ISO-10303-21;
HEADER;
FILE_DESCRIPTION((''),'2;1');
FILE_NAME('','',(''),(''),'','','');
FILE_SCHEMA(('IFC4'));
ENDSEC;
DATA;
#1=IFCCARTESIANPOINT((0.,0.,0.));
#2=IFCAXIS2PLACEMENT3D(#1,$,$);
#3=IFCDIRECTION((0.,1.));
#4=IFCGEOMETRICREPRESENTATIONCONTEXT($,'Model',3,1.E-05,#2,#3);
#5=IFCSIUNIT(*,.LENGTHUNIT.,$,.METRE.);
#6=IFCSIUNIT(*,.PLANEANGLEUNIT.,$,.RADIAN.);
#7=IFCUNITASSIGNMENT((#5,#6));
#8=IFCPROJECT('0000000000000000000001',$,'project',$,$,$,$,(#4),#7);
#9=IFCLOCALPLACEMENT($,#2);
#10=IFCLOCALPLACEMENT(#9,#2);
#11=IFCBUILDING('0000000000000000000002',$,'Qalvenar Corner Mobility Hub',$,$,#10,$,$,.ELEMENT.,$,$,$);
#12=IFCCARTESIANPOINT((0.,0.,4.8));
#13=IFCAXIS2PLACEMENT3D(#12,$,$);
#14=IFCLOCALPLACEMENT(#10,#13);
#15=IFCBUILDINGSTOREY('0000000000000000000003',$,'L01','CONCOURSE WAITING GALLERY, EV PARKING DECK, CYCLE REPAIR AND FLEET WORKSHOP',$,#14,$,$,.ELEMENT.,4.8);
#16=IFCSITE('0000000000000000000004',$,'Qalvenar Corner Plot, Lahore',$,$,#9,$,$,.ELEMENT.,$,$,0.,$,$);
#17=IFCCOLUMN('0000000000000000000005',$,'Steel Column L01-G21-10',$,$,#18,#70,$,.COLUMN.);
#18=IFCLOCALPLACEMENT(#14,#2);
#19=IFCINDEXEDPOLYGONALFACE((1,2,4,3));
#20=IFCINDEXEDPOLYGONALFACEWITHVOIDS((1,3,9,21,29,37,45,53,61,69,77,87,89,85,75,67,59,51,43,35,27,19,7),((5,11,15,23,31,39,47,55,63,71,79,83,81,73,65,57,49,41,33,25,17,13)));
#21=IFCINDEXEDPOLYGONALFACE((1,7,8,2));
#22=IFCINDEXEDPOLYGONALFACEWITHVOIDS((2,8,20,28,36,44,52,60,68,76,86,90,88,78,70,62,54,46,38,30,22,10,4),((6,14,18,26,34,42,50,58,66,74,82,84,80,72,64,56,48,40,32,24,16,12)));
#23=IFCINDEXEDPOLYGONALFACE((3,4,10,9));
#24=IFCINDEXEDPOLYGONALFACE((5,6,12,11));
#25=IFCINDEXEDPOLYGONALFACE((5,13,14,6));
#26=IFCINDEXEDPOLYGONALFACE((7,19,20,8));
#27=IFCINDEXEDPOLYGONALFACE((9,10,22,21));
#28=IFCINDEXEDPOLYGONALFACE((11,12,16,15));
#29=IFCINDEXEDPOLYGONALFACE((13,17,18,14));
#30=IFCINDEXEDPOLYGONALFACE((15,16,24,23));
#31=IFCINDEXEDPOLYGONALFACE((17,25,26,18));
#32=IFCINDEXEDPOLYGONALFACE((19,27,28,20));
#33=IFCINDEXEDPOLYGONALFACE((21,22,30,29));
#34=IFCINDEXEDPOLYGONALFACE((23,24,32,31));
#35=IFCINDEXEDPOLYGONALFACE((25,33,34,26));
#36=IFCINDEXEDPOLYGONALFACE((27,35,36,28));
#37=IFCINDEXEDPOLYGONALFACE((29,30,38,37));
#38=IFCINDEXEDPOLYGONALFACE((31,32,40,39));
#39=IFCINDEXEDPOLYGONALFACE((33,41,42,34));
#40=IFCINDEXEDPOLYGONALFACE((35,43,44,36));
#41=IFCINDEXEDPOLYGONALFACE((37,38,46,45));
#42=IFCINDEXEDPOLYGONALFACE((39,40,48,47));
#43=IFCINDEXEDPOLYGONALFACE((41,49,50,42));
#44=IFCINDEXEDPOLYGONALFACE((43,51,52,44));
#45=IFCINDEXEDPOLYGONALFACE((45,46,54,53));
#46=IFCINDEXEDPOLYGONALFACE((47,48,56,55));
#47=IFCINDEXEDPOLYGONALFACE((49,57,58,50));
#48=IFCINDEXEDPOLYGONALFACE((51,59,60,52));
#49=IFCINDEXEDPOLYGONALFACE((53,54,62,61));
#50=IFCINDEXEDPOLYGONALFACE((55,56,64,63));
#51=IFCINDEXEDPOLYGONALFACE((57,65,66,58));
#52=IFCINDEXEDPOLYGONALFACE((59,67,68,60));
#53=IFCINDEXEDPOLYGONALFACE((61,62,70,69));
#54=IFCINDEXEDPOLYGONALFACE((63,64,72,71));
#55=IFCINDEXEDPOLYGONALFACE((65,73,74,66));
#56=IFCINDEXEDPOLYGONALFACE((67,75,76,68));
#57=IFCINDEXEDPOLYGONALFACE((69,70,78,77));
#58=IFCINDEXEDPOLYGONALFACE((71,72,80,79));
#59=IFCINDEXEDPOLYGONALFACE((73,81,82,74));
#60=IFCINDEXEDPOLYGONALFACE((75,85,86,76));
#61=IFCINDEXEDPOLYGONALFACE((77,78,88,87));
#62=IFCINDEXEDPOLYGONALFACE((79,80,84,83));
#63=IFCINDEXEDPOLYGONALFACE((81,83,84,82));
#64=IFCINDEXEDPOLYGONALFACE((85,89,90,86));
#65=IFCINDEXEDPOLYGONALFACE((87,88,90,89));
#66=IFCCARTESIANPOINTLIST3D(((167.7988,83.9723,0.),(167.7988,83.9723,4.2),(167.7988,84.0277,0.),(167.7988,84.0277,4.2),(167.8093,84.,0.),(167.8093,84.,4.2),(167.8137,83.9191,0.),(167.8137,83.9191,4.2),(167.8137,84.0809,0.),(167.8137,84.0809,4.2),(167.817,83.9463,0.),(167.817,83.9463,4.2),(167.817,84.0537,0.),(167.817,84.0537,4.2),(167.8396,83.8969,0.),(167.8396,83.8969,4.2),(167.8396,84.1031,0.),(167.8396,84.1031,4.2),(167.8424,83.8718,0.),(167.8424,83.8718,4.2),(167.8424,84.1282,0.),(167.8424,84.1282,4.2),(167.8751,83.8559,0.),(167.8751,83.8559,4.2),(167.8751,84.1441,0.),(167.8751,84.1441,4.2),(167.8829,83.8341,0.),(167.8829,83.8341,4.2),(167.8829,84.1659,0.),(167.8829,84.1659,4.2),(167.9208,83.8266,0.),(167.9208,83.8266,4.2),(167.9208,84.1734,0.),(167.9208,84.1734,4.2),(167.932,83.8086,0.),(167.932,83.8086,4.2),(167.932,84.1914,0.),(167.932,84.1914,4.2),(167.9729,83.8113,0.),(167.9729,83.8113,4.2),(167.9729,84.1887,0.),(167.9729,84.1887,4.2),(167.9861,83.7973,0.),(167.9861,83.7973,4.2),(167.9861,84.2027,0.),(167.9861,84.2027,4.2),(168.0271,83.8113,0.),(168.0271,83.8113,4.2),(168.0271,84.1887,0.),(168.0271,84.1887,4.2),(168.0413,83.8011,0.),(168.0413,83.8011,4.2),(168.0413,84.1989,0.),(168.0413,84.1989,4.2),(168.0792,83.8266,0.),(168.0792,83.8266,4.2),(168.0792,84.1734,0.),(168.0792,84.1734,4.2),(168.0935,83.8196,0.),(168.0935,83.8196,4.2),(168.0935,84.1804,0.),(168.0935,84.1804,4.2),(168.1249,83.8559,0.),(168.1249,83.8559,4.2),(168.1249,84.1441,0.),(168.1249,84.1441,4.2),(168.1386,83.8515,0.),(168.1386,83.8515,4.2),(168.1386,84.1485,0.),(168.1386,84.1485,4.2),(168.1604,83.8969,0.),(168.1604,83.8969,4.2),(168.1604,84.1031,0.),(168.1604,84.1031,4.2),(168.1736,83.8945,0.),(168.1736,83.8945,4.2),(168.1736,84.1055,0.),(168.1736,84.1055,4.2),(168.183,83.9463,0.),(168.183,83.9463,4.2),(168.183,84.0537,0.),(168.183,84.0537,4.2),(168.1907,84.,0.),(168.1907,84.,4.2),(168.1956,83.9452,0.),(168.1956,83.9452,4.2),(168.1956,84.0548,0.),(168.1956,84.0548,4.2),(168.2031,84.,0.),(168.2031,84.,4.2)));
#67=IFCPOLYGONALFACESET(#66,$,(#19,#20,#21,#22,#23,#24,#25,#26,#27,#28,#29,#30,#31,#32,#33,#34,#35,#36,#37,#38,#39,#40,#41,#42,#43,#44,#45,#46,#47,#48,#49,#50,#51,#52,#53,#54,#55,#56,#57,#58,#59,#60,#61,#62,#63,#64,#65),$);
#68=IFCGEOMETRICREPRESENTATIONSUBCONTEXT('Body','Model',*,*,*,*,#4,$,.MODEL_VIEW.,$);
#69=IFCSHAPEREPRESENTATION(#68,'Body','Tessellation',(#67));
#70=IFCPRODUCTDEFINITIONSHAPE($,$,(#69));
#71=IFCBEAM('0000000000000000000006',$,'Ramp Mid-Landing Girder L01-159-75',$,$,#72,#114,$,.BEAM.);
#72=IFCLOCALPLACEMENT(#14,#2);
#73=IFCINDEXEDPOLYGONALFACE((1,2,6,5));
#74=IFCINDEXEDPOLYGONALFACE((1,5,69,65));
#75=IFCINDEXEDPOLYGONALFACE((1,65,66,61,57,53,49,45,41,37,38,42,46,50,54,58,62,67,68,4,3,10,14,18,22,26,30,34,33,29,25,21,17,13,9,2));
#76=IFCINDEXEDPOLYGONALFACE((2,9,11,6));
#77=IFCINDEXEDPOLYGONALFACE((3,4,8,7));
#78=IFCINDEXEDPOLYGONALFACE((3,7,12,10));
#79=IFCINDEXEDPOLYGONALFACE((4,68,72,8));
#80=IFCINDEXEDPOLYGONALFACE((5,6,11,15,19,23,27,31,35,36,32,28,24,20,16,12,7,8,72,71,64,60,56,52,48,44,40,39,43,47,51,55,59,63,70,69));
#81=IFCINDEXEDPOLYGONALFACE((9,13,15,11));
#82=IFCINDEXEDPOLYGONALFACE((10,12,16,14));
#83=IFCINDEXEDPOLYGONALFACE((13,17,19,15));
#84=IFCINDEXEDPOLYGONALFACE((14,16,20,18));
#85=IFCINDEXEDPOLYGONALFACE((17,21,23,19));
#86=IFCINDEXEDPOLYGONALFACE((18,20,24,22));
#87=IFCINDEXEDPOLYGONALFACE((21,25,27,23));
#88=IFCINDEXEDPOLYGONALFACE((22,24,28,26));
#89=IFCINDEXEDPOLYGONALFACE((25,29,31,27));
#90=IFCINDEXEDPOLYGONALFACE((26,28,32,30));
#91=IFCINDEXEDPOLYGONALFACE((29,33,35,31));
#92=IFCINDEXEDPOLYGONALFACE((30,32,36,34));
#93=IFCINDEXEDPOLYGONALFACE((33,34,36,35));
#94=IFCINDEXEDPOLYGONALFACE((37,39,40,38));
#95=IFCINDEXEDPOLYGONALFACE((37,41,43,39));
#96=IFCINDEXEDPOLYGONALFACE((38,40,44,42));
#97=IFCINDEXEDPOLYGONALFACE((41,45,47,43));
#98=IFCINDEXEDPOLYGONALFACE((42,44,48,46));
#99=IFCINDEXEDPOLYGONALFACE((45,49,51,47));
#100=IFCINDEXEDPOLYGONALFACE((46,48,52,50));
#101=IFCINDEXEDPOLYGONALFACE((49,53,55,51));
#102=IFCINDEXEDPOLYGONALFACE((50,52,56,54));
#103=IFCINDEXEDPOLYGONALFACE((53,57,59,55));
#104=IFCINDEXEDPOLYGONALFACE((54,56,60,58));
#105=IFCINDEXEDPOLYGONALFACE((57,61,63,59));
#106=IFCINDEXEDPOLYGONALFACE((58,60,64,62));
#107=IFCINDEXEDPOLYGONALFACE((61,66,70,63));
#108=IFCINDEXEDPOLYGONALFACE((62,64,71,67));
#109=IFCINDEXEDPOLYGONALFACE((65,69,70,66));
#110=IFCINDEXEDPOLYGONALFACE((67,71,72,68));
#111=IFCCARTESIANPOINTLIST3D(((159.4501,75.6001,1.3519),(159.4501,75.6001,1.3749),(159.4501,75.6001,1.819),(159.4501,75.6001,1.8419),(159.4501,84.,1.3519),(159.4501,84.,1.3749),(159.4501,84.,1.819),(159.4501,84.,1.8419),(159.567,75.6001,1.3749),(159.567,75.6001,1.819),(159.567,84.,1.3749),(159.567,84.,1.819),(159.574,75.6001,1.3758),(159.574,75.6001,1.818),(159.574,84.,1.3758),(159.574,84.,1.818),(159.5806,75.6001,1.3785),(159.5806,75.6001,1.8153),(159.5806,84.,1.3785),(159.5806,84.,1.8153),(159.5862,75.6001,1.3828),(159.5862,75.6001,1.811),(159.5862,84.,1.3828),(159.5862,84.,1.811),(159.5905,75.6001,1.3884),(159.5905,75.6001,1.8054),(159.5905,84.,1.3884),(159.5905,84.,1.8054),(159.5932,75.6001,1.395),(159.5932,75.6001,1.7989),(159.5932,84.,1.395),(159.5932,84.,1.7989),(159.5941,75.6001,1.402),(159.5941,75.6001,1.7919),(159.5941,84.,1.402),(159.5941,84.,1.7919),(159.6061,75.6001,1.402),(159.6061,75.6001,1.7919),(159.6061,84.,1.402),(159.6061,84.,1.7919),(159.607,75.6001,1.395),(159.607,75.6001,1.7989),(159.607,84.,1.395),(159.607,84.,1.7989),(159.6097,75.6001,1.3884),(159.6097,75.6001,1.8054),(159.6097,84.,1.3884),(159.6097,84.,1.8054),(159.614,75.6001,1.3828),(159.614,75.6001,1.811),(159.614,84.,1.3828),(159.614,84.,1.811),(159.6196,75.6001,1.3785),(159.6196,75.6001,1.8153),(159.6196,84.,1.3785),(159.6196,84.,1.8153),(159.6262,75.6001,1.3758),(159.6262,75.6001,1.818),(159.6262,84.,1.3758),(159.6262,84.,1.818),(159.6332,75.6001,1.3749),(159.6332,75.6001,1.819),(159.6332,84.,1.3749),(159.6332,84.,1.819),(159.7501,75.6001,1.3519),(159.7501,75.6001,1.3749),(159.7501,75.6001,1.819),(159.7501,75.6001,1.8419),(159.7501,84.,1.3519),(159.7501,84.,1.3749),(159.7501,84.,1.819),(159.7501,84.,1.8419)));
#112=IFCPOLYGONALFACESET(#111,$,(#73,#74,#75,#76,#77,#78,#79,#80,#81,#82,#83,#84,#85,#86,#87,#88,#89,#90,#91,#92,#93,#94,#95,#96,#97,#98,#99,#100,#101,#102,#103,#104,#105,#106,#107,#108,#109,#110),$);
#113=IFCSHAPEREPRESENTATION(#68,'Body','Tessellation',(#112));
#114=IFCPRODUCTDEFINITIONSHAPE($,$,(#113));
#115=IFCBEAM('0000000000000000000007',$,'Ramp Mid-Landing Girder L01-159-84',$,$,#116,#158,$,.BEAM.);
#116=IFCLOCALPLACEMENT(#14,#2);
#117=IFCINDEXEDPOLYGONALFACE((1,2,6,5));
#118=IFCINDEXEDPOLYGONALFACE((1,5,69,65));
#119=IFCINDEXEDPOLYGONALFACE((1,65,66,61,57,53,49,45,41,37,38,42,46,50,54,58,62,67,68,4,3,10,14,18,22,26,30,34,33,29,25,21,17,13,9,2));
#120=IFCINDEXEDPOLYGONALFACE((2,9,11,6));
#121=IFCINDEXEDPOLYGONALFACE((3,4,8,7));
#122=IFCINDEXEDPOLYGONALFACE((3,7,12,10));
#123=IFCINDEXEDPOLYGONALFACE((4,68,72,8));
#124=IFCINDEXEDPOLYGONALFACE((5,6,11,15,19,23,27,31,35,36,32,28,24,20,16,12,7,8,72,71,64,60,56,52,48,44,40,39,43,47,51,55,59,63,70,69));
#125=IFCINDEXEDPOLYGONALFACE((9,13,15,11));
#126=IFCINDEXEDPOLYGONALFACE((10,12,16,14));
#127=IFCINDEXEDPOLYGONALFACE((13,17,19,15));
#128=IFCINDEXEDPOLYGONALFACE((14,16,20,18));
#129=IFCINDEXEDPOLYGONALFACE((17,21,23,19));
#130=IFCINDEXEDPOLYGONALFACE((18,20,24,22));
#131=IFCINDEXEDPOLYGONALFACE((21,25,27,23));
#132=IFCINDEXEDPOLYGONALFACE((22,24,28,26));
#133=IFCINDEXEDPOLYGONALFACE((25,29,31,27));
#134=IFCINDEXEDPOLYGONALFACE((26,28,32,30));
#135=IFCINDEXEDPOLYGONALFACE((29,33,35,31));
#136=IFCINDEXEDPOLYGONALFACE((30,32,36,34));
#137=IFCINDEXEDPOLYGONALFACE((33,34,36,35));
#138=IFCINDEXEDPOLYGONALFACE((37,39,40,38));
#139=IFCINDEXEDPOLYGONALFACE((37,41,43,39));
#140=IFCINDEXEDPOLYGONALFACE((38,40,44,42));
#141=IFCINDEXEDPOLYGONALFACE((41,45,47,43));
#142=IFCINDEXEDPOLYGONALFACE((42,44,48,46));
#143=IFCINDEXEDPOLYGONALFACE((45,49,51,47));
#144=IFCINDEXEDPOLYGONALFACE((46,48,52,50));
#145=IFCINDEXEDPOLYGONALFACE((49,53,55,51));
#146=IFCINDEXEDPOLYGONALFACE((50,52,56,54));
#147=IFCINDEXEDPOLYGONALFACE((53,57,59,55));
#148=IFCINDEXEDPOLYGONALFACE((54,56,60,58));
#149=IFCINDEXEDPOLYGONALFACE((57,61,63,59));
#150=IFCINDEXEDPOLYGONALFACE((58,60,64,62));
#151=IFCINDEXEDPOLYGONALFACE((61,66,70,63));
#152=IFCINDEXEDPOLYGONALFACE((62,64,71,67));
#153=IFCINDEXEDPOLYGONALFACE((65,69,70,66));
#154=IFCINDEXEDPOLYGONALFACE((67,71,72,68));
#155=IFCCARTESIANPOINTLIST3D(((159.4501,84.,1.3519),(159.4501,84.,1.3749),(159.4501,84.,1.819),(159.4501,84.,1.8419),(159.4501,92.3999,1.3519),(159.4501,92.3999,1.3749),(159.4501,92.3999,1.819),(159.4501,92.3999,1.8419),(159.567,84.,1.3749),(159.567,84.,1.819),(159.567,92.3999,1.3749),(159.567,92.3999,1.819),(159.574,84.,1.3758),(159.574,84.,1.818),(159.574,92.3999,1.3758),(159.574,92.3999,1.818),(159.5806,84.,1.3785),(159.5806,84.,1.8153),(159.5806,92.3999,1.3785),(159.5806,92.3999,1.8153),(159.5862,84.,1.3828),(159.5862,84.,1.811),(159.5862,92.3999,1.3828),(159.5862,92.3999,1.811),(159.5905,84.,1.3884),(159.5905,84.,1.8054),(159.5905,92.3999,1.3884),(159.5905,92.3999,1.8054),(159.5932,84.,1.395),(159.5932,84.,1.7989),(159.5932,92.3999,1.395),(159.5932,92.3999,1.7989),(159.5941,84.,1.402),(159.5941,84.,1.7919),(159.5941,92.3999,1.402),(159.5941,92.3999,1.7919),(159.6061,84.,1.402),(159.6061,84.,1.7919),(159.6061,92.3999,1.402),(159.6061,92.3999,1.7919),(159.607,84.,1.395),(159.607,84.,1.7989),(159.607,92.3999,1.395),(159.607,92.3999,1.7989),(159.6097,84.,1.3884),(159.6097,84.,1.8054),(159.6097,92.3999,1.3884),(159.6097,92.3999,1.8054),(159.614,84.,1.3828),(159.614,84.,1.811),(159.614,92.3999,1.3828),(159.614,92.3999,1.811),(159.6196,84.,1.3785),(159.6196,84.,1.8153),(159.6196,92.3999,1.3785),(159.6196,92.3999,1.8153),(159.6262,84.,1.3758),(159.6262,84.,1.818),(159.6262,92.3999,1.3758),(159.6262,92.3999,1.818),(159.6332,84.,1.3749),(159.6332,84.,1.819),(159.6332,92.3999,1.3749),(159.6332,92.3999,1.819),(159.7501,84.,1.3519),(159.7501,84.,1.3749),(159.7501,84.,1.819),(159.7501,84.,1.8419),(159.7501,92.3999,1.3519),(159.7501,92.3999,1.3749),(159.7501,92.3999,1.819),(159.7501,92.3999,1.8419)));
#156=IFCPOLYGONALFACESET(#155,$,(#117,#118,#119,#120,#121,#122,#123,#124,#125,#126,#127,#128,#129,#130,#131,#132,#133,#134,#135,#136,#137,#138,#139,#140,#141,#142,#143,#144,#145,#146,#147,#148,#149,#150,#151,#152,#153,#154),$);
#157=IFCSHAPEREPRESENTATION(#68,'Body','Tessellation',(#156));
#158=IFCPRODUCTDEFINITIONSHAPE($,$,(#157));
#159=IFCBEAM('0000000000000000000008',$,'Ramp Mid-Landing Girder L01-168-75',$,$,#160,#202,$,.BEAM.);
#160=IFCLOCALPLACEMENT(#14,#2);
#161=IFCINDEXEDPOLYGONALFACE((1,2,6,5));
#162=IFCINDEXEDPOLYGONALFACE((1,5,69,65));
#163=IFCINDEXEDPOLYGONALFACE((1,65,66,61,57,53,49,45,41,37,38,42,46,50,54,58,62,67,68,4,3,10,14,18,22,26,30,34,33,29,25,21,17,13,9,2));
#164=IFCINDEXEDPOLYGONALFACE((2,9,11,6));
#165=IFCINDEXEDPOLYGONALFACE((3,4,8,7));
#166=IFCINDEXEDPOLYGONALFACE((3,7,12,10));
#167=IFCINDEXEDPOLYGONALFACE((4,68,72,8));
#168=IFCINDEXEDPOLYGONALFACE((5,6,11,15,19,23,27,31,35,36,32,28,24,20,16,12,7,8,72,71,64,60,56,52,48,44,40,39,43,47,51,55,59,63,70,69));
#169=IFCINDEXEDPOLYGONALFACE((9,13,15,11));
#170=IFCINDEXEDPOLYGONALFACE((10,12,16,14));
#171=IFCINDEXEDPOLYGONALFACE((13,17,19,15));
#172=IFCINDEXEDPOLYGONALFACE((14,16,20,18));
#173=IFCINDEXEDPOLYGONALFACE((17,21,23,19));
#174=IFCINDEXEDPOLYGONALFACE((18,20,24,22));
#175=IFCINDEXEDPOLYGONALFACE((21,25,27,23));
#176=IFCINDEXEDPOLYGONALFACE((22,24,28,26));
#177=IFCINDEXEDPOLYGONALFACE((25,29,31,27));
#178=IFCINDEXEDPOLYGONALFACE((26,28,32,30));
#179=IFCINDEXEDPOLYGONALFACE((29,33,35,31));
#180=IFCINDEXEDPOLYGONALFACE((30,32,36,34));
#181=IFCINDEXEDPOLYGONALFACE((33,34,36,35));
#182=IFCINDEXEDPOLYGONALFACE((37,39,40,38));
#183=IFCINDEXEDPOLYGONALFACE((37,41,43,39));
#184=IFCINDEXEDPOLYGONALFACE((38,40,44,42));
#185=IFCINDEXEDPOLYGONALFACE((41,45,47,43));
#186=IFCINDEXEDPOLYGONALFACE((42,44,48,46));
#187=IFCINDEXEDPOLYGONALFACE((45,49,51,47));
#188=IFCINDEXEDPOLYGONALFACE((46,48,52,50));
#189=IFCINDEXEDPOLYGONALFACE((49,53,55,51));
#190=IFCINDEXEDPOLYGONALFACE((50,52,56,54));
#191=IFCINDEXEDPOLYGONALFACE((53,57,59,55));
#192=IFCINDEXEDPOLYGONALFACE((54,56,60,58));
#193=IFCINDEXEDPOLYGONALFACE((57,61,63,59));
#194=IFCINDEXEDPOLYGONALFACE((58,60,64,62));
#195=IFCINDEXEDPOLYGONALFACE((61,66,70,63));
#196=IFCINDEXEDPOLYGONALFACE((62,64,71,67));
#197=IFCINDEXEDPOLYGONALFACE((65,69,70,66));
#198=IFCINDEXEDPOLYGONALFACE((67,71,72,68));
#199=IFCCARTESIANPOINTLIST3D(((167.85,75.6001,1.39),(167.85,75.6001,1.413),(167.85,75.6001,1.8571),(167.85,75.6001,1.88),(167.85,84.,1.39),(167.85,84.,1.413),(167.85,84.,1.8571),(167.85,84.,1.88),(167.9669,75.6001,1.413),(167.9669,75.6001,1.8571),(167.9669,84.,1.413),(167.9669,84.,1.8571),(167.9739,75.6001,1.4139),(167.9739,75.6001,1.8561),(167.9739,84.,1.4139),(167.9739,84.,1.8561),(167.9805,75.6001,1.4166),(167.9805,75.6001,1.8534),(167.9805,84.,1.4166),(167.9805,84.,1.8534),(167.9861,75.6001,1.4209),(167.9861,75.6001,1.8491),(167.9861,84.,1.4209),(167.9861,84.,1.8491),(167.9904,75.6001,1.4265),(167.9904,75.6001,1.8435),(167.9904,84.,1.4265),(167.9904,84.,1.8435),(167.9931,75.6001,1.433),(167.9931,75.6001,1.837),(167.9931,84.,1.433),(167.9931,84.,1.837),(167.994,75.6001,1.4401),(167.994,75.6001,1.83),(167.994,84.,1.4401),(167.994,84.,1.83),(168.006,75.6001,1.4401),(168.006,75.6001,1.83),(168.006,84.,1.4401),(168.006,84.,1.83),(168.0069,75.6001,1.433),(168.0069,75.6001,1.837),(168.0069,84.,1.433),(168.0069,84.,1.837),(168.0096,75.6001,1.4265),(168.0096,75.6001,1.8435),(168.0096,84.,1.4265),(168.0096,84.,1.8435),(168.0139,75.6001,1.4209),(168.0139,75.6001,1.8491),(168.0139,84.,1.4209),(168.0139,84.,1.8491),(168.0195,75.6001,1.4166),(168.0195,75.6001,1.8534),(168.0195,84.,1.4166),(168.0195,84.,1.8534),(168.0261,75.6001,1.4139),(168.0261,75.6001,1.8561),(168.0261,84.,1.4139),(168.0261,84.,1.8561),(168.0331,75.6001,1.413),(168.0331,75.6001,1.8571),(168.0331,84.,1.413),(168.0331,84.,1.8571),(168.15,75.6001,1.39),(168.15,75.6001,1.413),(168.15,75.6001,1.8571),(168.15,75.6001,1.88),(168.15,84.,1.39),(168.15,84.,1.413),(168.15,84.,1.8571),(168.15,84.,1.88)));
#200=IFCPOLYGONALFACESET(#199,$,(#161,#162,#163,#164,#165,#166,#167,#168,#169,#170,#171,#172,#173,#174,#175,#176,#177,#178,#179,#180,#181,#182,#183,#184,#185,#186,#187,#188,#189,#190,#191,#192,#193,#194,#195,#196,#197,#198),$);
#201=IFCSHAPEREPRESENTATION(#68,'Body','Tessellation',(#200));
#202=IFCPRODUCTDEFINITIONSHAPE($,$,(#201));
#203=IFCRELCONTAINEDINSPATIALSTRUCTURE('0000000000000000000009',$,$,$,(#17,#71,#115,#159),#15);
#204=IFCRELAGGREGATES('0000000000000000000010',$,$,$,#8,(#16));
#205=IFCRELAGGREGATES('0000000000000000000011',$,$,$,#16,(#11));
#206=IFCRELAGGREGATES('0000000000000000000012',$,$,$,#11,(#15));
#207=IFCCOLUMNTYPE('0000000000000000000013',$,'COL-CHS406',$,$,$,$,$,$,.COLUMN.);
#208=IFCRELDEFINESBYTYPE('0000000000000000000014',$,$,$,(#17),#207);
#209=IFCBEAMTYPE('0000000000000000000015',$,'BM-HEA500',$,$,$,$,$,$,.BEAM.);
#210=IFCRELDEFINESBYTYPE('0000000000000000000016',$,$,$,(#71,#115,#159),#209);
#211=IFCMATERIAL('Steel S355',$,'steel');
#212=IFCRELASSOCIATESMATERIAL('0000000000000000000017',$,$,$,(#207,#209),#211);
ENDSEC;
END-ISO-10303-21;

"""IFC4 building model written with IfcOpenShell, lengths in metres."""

from ifc_helpers import new_model, si_unit, direction, frame, origin, origin_2d, place, context, subcontext, project, spatial, hollow_circle, i_section, extrude, material, material_profile, profile_set, type_object, element, save


model = new_model("IFC4")

# Units and contexts
model_context = context("Model", 3, precision=1e-05, world=origin(), true_north=direction((0.0, 1.0)))
body_context = subcontext(model_context, "Body", "Model", "MODEL_VIEW")
ifc_project = project(units=[si_unit("LENGTHUNIT", "METRE"), si_unit("PLANEANGLEUNIT", "RADIAN")], contexts=[model_context])

# Site, building, storey
site_placement = place(None, origin())
site = spatial("IfcSite", under=ifc_project, at=site_placement, Name="Qalvenar Corner Plot, Lahore", CompositionType="ELEMENT", RefElevation=0.0)
building_placement = place(site_placement, origin())
building = spatial("IfcBuilding", under=site, at=building_placement, Name="Qalvenar Corner Mobility Hub", CompositionType="ELEMENT")
storey_placement = place(building_placement, frame((0.0, 0.0, 4.8)))
storey = spatial("IfcBuildingStorey", under=building, at=storey_placement, Name="L01", Description="CONCOURSE WAITING GALLERY, EV PARKING DECK, CYCLE REPAIR AND FLEET WORKSHOP", CompositionType="ELEMENT", Elevation=4.8)

# Column
ifc_material_1 = material(Name="Steel S355", Category="steel")
ifc_material_profile_1 = material_profile(ifc_material_1, hollow_circle(Radius=0.2031, WallThickness=0.0125, at=origin_2d()), Name="CHS406.4x12.5")
ifc_profile_set_1 = profile_set([ifc_material_profile_1], Name="Steel S355")
column_type = type_object("IfcColumnType", Name="COL-CHS406", PredefinedType="COLUMN", material=ifc_profile_set_1)
for number, where, z_axis, x_axis, name in (
    (1, (168.0, 84.0, 0.0), (0.0, 0.0, 1.0), (1.0, 0.0, 0.0), "Steel Column L01-G21-10"),
):
    element("IfcColumn", number, at=place(storey_placement, frame(where, z_axis=z_axis, x_axis=x_axis)), inside=storey, type_object=column_type, Name=name, PredefinedType="COLUMN", context=body_context, shape_type="SweptSolid", body=[
        extrude(hollow_circle(Radius=0.2031, WallThickness=0.0125, at=origin_2d()), origin(), (0.0, 0.0, 1.0), 4.2),
    ])

# Beams
ifc_material_profile_2 = material_profile(ifc_material_1, i_section(OverallWidth=0.3, OverallDepth=0.49, WebThickness=0.012, FlangeThickness=0.0229, FilletRadius=0.0271, at=origin_2d()), Name="HEA500")
ifc_profile_set_2 = profile_set([ifc_material_profile_2], Name="Steel S355")
beam_type_1 = type_object("IfcBeamType", Name="BM-HEA500", PredefinedType="BEAM", material=ifc_profile_set_2)
for number, where, z_axis, x_axis, name in (
    (2, (159.6001, 75.6001, 1.5969), (0.0, 1.0, 0.0), (-1.0, 0.0, 0.0), "Ramp Mid-Landing Girder L01-159-75"),
    (3, (159.6001, 84.0, 1.5969), (0.0, 1.0, 0.0), (-1.0, 0.0, 0.0), "Ramp Mid-Landing Girder L01-159-84"),
    (4, (168.0, 75.6001, 1.635), (0.0, 1.0, 0.0), (-1.0, 0.0, 0.0), "Ramp Mid-Landing Girder L01-168-75"),
):
    element("IfcBeam", number, at=place(storey_placement, frame(where, z_axis=z_axis, x_axis=x_axis)), inside=storey, type_object=beam_type_1, Name=name, PredefinedType="BEAM", context=body_context, shape_type="SweptSolid", body=[
        extrude(i_section(OverallWidth=0.3, OverallDepth=0.49, WebThickness=0.012, FlangeThickness=0.0229, FilletRadius=0.0271, at=origin_2d()), origin(), (0.0, 0.0, 1.0), 8.3999),
    ])

save(model, "model.ifc")
